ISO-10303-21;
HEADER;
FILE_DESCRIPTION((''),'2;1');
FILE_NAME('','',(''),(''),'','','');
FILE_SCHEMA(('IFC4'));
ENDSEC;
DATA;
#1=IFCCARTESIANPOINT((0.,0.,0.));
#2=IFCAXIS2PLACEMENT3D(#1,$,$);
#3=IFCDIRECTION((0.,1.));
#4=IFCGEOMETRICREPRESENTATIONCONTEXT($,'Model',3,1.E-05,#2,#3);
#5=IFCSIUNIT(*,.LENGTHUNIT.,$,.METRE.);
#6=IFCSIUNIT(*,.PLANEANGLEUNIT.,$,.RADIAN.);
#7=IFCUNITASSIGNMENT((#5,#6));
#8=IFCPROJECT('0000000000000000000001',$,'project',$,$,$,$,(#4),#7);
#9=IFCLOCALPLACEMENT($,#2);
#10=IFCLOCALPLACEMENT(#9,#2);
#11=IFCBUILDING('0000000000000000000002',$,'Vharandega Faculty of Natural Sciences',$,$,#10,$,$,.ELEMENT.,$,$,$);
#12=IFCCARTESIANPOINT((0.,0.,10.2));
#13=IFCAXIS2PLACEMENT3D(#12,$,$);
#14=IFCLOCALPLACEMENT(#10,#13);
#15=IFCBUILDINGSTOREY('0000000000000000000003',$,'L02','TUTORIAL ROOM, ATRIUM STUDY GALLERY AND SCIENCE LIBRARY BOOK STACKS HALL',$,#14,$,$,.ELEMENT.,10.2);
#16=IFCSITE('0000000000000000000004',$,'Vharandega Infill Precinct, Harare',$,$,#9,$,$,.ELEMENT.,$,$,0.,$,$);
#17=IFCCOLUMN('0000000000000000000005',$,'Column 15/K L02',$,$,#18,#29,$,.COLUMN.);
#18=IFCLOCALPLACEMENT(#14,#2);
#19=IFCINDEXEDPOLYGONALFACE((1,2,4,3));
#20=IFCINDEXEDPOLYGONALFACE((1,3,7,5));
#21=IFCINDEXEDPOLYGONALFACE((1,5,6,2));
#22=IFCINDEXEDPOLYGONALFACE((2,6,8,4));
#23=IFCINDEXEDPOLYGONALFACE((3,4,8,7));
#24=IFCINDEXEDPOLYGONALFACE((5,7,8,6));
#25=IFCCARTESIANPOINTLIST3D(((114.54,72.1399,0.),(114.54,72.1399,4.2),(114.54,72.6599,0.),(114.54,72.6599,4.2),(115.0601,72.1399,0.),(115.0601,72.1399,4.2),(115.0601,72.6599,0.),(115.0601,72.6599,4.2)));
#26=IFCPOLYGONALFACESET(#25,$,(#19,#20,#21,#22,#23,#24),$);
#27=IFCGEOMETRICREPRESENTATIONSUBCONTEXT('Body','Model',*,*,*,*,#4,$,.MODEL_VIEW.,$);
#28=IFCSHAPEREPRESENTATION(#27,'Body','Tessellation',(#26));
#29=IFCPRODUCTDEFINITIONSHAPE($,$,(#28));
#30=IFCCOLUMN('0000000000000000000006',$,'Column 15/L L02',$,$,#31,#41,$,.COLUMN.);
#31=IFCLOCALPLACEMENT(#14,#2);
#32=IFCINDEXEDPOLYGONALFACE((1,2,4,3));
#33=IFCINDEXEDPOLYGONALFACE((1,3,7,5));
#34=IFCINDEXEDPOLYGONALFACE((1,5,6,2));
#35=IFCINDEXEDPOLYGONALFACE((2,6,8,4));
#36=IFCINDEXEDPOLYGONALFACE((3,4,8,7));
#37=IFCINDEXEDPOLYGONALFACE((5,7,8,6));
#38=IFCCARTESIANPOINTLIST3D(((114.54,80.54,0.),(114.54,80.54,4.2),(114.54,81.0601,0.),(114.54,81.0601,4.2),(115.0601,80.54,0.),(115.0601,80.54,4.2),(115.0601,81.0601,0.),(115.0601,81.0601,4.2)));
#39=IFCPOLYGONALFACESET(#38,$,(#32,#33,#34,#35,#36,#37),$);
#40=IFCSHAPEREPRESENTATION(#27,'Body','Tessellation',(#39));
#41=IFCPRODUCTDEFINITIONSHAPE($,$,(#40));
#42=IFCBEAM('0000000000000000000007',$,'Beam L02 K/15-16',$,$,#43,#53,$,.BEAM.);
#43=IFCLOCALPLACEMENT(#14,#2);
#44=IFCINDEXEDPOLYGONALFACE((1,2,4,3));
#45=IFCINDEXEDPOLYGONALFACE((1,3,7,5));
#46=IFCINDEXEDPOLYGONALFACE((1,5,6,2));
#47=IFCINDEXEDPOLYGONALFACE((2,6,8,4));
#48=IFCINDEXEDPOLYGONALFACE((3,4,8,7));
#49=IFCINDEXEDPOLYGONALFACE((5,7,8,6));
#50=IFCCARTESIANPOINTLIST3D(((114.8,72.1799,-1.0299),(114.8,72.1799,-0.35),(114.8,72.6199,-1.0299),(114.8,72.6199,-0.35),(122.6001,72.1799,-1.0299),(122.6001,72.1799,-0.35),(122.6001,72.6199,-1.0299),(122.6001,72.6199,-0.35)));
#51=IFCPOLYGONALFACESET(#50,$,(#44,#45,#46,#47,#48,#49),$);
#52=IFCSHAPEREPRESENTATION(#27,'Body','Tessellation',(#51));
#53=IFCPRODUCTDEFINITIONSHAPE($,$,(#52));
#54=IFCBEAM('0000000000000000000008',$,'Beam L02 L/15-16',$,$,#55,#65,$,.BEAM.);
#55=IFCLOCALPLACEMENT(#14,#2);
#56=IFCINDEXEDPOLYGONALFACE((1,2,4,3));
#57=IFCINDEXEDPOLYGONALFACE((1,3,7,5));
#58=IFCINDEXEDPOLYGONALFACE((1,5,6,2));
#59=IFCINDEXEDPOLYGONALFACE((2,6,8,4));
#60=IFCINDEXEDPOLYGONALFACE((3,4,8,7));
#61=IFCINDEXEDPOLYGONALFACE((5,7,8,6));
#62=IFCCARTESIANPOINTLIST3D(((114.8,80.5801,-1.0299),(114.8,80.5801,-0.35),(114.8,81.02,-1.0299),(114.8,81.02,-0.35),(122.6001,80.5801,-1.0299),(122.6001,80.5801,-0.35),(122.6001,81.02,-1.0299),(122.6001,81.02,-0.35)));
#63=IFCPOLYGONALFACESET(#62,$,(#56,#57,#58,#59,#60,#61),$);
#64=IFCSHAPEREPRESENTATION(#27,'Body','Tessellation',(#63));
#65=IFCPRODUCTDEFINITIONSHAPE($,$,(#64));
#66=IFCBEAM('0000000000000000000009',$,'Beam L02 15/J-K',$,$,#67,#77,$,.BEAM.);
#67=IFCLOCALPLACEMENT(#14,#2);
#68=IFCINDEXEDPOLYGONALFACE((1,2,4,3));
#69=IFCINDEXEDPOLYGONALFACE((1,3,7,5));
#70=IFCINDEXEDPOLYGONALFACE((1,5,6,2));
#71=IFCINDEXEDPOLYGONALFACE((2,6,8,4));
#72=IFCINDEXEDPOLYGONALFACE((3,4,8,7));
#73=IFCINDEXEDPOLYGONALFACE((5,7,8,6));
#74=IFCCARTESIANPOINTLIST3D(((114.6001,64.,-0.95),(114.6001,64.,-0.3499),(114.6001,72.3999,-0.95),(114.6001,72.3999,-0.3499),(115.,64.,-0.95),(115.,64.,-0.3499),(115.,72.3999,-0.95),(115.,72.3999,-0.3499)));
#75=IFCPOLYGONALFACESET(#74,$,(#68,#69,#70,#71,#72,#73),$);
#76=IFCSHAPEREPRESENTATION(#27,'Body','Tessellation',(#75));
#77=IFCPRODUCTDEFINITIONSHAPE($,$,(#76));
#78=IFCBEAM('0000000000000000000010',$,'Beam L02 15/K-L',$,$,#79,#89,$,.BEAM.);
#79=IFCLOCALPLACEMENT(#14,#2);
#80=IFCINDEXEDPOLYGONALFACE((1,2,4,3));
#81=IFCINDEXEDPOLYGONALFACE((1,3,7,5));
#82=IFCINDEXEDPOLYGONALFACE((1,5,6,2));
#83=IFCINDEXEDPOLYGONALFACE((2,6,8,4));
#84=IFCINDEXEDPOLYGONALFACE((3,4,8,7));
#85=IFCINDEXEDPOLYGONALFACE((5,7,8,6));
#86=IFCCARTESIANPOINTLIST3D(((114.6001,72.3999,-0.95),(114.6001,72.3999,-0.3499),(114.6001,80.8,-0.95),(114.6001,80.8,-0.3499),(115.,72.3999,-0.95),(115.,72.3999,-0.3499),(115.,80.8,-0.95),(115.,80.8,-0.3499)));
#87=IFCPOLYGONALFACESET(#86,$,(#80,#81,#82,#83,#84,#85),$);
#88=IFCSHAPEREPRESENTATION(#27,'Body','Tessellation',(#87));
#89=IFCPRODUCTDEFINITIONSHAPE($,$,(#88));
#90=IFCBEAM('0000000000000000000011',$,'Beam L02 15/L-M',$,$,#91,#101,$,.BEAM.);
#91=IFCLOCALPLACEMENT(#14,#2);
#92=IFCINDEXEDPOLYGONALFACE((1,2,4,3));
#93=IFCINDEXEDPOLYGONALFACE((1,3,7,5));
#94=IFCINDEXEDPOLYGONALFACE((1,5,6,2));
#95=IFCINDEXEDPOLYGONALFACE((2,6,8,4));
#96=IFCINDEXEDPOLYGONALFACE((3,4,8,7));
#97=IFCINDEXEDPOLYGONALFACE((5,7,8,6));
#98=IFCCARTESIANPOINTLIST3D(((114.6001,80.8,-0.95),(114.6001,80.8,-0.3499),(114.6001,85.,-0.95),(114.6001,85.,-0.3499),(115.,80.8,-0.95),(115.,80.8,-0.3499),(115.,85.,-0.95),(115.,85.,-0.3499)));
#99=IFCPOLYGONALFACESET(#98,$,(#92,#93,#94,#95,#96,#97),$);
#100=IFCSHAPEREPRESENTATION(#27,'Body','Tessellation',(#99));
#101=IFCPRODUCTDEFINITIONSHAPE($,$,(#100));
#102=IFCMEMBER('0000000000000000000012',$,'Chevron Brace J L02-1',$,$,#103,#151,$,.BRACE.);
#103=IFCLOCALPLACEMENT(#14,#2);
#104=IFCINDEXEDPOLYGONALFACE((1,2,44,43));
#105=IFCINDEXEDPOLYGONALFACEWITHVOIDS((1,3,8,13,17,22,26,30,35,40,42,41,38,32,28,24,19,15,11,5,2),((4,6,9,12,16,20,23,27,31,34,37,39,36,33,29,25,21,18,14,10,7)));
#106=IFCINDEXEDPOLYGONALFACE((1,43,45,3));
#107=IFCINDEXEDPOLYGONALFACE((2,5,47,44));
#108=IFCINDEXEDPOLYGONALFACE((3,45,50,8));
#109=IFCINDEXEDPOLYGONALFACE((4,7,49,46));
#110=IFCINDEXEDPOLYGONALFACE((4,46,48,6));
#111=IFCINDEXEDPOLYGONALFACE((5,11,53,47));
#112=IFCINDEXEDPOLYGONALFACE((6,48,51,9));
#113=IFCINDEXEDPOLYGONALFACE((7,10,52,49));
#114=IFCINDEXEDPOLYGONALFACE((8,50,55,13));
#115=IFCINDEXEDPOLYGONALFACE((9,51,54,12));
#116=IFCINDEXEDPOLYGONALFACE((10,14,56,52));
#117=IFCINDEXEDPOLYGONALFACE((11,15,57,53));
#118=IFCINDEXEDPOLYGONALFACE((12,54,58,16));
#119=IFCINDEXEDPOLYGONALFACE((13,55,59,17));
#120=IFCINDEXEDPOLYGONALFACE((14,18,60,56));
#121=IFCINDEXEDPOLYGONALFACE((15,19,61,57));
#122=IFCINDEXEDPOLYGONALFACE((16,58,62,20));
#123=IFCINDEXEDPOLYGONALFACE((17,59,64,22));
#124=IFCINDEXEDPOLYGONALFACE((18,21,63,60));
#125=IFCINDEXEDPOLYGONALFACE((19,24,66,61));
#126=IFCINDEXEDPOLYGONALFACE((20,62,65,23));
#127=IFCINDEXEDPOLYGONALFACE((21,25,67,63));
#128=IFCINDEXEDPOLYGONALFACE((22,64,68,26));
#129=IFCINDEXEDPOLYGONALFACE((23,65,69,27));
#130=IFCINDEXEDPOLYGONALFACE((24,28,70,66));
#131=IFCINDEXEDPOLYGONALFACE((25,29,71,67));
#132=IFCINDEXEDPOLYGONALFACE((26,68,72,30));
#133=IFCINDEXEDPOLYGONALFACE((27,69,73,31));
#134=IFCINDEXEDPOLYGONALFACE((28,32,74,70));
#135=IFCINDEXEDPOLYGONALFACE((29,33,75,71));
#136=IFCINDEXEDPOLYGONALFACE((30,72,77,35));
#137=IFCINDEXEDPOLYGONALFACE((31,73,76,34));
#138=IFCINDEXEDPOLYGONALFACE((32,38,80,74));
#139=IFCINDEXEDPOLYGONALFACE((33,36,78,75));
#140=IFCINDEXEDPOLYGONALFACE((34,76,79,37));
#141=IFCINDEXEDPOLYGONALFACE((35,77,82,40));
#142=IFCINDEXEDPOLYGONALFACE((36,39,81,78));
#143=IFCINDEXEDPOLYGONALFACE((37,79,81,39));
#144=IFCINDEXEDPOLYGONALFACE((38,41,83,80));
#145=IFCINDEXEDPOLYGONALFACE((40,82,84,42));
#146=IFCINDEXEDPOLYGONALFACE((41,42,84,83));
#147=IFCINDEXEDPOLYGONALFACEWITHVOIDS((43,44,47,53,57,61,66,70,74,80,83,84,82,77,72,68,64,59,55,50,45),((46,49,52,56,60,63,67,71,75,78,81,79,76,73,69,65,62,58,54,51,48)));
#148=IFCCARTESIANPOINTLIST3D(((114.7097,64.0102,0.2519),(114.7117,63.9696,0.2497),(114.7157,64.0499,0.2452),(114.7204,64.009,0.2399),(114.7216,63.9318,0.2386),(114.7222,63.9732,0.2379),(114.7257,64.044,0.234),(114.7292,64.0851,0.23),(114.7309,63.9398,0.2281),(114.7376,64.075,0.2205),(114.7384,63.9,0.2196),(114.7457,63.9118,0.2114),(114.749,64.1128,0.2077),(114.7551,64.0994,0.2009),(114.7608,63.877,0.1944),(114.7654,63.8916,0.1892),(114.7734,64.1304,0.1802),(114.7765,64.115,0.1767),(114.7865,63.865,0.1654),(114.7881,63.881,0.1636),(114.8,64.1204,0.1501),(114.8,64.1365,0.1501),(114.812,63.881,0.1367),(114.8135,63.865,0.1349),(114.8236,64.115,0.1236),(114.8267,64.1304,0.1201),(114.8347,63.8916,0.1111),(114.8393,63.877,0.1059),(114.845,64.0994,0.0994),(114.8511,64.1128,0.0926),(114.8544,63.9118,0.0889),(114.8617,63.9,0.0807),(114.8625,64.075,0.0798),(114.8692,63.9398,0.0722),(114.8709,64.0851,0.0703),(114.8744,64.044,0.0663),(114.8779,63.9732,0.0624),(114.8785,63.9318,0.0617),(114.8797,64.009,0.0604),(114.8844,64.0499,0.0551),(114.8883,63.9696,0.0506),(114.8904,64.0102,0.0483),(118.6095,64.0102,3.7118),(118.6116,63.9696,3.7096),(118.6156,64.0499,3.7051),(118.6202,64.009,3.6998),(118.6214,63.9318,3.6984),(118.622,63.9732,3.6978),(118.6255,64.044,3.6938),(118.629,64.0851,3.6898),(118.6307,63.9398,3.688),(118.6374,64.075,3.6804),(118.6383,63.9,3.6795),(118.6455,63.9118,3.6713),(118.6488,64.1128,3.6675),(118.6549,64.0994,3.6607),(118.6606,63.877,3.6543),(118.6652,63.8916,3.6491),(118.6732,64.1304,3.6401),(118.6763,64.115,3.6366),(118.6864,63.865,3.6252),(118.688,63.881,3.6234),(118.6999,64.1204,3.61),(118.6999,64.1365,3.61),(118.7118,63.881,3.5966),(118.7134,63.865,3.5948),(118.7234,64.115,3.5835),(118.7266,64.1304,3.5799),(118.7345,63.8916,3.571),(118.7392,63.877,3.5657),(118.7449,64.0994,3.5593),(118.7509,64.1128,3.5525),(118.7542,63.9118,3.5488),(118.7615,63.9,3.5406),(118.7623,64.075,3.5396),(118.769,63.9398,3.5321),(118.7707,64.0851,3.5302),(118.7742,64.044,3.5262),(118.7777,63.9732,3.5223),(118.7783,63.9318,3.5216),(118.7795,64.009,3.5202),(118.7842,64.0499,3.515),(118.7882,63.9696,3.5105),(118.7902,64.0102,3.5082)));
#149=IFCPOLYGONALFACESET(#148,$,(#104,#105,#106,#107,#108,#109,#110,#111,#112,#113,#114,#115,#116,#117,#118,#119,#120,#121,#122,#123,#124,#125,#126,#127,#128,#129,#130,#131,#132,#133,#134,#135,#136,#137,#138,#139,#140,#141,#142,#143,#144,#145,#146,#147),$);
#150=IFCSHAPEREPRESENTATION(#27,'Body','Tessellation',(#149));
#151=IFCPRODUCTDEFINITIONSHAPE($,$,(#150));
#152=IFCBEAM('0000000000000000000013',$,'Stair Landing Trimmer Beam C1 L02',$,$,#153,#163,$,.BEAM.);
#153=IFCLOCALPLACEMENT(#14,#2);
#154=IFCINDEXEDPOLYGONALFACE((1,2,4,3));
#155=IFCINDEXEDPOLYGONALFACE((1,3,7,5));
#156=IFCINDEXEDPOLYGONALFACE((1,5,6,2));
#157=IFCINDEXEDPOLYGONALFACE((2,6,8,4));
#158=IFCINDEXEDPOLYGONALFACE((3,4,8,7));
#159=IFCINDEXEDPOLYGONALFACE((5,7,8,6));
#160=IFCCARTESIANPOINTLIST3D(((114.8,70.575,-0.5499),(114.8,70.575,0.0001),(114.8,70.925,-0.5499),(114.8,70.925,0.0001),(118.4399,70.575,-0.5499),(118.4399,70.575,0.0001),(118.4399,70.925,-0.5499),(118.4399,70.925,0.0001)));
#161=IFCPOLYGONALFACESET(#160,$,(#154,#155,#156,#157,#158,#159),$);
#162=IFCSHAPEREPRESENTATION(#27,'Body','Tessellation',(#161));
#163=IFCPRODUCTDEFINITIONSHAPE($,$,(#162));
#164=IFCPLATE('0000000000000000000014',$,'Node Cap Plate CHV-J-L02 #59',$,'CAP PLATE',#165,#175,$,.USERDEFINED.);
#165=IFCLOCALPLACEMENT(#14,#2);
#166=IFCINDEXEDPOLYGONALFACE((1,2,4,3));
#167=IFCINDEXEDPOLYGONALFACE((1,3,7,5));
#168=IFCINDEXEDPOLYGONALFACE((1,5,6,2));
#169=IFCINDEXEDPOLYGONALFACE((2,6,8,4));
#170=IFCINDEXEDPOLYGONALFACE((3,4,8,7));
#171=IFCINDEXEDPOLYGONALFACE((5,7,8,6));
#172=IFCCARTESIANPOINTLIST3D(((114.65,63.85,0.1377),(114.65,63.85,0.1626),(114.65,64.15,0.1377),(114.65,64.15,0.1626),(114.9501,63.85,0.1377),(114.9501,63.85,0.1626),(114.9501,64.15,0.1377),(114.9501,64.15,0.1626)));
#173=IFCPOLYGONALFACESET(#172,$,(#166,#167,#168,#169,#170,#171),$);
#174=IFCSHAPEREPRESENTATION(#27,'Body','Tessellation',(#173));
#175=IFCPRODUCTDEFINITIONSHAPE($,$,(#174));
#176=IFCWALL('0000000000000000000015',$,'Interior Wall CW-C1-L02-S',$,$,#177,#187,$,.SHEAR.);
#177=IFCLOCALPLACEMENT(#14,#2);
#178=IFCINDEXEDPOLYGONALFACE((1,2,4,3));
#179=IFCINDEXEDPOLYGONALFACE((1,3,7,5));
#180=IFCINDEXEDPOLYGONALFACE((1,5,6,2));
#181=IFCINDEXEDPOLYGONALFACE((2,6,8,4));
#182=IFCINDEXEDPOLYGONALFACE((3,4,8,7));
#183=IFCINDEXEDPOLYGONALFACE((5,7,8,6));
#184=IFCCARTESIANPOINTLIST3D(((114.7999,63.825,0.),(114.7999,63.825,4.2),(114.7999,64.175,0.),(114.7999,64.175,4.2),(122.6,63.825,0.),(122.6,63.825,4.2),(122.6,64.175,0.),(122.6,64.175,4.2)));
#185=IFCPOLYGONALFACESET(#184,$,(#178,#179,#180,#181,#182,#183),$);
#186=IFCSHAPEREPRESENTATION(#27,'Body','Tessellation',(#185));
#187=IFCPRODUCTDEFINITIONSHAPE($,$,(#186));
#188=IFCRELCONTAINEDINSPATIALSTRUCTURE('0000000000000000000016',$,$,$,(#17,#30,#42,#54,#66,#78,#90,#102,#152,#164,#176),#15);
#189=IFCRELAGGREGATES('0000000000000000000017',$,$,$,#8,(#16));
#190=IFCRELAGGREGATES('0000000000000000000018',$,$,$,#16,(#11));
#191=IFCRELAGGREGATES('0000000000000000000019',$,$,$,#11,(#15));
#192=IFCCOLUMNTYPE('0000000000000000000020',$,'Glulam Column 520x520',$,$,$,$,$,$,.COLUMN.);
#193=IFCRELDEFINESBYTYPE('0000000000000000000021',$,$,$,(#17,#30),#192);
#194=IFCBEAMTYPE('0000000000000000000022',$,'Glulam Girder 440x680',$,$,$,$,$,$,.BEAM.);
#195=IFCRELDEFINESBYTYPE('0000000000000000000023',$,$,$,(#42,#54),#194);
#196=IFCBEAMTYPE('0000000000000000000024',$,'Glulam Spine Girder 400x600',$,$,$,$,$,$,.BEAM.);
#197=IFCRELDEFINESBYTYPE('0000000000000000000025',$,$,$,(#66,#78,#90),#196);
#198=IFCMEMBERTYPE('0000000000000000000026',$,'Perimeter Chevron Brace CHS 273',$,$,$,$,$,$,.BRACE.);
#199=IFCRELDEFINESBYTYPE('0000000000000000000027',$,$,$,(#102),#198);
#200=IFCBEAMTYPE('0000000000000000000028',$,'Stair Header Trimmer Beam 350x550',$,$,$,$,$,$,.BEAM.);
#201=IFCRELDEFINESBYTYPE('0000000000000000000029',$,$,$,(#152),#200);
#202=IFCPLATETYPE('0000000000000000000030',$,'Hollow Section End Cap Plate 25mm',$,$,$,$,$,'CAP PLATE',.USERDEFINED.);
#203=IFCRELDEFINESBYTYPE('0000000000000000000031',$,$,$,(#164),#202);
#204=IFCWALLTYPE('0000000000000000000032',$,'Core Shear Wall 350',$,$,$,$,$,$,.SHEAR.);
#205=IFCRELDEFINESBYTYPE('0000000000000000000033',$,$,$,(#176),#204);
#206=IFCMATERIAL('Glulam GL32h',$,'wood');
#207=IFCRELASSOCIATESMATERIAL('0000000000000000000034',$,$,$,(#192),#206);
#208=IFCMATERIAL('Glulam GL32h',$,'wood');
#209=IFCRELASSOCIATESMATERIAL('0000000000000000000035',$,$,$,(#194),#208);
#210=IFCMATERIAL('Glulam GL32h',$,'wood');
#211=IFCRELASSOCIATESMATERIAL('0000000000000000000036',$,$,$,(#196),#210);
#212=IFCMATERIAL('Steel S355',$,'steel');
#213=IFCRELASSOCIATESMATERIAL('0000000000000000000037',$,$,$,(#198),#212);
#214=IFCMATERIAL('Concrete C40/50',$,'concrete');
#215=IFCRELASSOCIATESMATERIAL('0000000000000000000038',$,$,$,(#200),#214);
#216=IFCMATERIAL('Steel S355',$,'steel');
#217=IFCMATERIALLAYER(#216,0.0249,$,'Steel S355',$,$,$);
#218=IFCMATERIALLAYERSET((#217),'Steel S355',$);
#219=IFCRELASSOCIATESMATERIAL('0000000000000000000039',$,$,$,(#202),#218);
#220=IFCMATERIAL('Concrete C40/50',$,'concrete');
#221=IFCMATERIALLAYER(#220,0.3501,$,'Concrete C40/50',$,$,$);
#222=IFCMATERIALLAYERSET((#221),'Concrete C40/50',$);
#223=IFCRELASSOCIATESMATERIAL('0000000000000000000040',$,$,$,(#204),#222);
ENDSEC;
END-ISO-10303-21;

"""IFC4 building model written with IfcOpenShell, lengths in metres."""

from ifc_helpers import new_model, si_unit, direction, frame, frame_2d, origin, origin_2d, place, context, subcontext, project, spatial, rectangle, hollow_circle, extrude, material, layer, layer_set, material_profile, profile_set, type_object, element, save


model = new_model("IFC4")

# Units and contexts
model_context = context("Model", 3, precision=1e-05, world=origin(), true_north=direction((0.0, 1.0)))
body_context = subcontext(model_context, "Body", "Model", "MODEL_VIEW")
ifc_project = project(units=[si_unit("LENGTHUNIT", "METRE"), si_unit("PLANEANGLEUNIT", "RADIAN")], contexts=[model_context])

# Site, building, storey
site_placement = place(None, origin())
site = spatial("IfcSite", under=ifc_project, at=site_placement, Name="Vharandega Infill Precinct, Harare", CompositionType="ELEMENT", RefElevation=0.0)
building_placement = place(site_placement, origin())
building = spatial("IfcBuilding", under=site, at=building_placement, Name="Vharandega Faculty of Natural Sciences", CompositionType="ELEMENT")
storey_placement = place(building_placement, frame((0.0, 0.0, 10.2)))
storey = spatial("IfcBuildingStorey", under=building, at=storey_placement, Name="L02", Description="TUTORIAL ROOM, ATRIUM STUDY GALLERY AND SCIENCE LIBRARY BOOK STACKS HALL", CompositionType="ELEMENT", Elevation=10.2)

# Columns
ifc_material_1 = material(Name="Glulam GL32h", Category="wood")
ifc_material_profile_1 = material_profile(ifc_material_1, rectangle(XDim=0.52, YDim=0.52, at=origin_2d()), Name="GL32h 520x520")
ifc_profile_set_1 = profile_set([ifc_material_profile_1], Name="Glulam GL32h")
column_type = type_object("IfcColumnType", Name="Glulam Column 520x520", PredefinedType="COLUMN", material=ifc_profile_set_1)
for number, where, z_axis, x_axis, name in (
    (1, (114.8, 72.3999, 0.0), (0.0, 0.0, 1.0), (1.0, 0.0, 0.0), "Column 15/K L02"),
    (2, (114.8, 80.8, 0.0), (0.0, 0.0, 1.0), (1.0, 0.0, 0.0), "Column 15/L L02"),
):
    element("IfcColumn", number, at=place(storey_placement, frame(where, z_axis=z_axis, x_axis=x_axis)), inside=storey, type_object=column_type, Name=name, PredefinedType="COLUMN", context=body_context, shape_type="SweptSolid", body=[
        extrude(rectangle(XDim=0.52, YDim=0.52, at=origin_2d()), origin(), (0.0, 0.0, 1.0), 4.2),
    ])

# Beams
ifc_material_2 = material(Name="Glulam GL32h", Category="wood")
ifc_material_profile_2 = material_profile(ifc_material_2, rectangle(XDim=0.4399, YDim=0.6799, at=origin_2d()), Name="GL32h 440x680")
ifc_profile_set_2 = profile_set([ifc_material_profile_2], Name="Glulam GL32h")
beam_type_1 = type_object("IfcBeamType", Name="Glulam Girder 440x680", PredefinedType="BEAM", material=ifc_profile_set_2)
for number, where, z_axis, x_axis, name in (
    (3, (114.8, 72.3999, -0.6899), (1.0, 0.0, 0.0), (0.0, 1.0, 0.0), "Beam L02 K/15-16"),
    (4, (114.8, 80.8, -0.6899), (1.0, 0.0, 0.0), (0.0, 1.0, 0.0), "Beam L02 L/15-16"),
):
    element("IfcBeam", number, at=place(storey_placement, frame(where, z_axis=z_axis, x_axis=x_axis)), inside=storey, type_object=beam_type_1, Name=name, PredefinedType="BEAM", context=body_context, shape_type="SweptSolid", body=[
        extrude(rectangle(XDim=0.4399, YDim=0.6799, at=origin_2d()), origin(), (0.0, 0.0, 1.0), 7.8),
    ])
ifc_material_3 = material(Name="Glulam GL32h", Category="wood")
ifc_material_profile_3 = material_profile(ifc_material_3, rectangle(XDim=0.3999, YDim=0.6001, at=origin_2d()), Name="GL32h 400x600")
ifc_profile_set_3 = profile_set([ifc_material_profile_3], Name="Glulam GL32h")
beam_type_2 = type_object("IfcBeamType", Name="Glulam Spine Girder 400x600", PredefinedType="BEAM", material=ifc_profile_set_3)
beam_1_placement = place(storey_placement, frame((114.8, 64.0, -0.6499), z_axis=(0.0, 1.0, 0.0), x_axis=(-1.0, 0.0, 0.0)))
element("IfcBeam", 5, at=beam_1_placement, inside=storey, type_object=beam_type_2, Name="Beam L02 15/J-K", PredefinedType="BEAM", context=body_context, shape_type="SweptSolid", body=[
    extrude(rectangle(XDim=0.3999, YDim=0.6001, at=origin_2d()), origin(), (0.0, 0.0, 1.0), 8.3999),
])
beam_2_placement = place(storey_placement, frame((114.8, 72.3999, -0.6499), z_axis=(0.0, 1.0, 0.0), x_axis=(-1.0, 0.0, 0.0)))
element("IfcBeam", 6, at=beam_2_placement, inside=storey, type_object=beam_type_2, Name="Beam L02 15/K-L", PredefinedType="BEAM", context=body_context, shape_type="SweptSolid", body=[
    extrude(rectangle(XDim=0.3999, YDim=0.6001, at=origin_2d()), origin(), (0.0, 0.0, 1.0), 8.4001),
])
beam_3_placement = place(storey_placement, frame((114.8, 80.8, -0.6499), z_axis=(0.0, 1.0, 0.0), x_axis=(-1.0, 0.0, 0.0)))
element("IfcBeam", 7, at=beam_3_placement, inside=storey, type_object=beam_type_2, Name="Beam L02 15/L-M", PredefinedType="BEAM", context=body_context, shape_type="SweptSolid", body=[
    extrude(rectangle(XDim=0.3999, YDim=0.6001, at=origin_2d()), origin(), (0.0, 0.0, 1.0), 4.2),
])

# Member
ifc_material_4 = material(Name="Steel S355", Category="steel")
ifc_material_profile_4 = material_profile(ifc_material_4, hollow_circle(Radius=0.1365, WallThickness=0.0161, at=origin_2d()), Name="CHS 273x16")
ifc_profile_set_4 = profile_set([ifc_material_profile_4], Name="Steel S355")
member_type = type_object("IfcMemberType", Name="Perimeter Chevron Brace CHS 273", PredefinedType="BRACE", material=ifc_profile_set_4)
member_placement = place(storey_placement, frame((114.8, 64.0, 0.1501), z_axis=(0.748039, 0.0, 0.663654), x_axis=(0.0, 1.0, 0.0)))
element("IfcMember", 8, at=member_placement, inside=storey, type_object=member_type, Name="Chevron Brace J L02-1", PredefinedType="BRACE", context=body_context, shape_type="SweptSolid", body=[
    extrude(hollow_circle(Radius=0.1365, WallThickness=0.0161, at=origin_2d()), origin(), (0.0, 0.0, 1.0), 5.2134),
])

# Beam
ifc_material_5 = material(Name="Concrete C40/50", Category="concrete")
ifc_material_profile_5 = material_profile(ifc_material_5, rectangle(XDim=0.3501, YDim=0.55, at=origin_2d()), Name="RC 350x550")
ifc_profile_set_5 = profile_set([ifc_material_profile_5], Name="Concrete C40/50")
beam_type_3 = type_object("IfcBeamType", Name="Stair Header Trimmer Beam 350x550", PredefinedType="BEAM", material=ifc_profile_set_5)
beam_4_placement = place(storey_placement, frame((114.8, 70.75, -0.2749), z_axis=(1.0, 0.0, 0.0), x_axis=(0.0, 1.0, 0.0)))
element("IfcBeam", 9, at=beam_4_placement, inside=storey, type_object=beam_type_3, Name="Stair Landing Trimmer Beam C1 L02", PredefinedType="BEAM", context=body_context, shape_type="SweptSolid", body=[
    extrude(rectangle(XDim=0.3501, YDim=0.55, at=origin_2d()), origin(), (0.0, 0.0, 1.0), 3.6399),
])

# Plate
ifc_material_6 = material(Name="Steel S355", Category="steel")
ifc_layer_1 = layer(ifc_material_6, 0.0249, Name="Steel S355")
ifc_layer_set_1 = layer_set([ifc_layer_1], Name="Steel S355")
plate_type = type_object("IfcPlateType", Name="Hollow Section End Cap Plate 25mm", ElementType="CAP PLATE", PredefinedType="USERDEFINED", material=ifc_layer_set_1)
plate_placement = place(storey_placement, frame((114.8, 64.0, 0.1377), z_axis=(0.0, 0.0, 1.0), x_axis=(1.0, 0.0, 0.0)))
element("IfcPlate", 10, at=plate_placement, inside=storey, type_object=plate_type, Name="Node Cap Plate CHV-J-L02 #59", ObjectType="CAP PLATE", PredefinedType="USERDEFINED", context=body_context, shape_type="SweptSolid", body=[
    extrude(rectangle(XDim=0.3, YDim=0.3, at=origin_2d()), origin(), (0.0, 0.0, 1.0), 0.0249),
])

# Wall
ifc_material_7 = material(Name="Concrete C40/50", Category="concrete")
ifc_layer_2 = layer(ifc_material_7, 0.3501, Name="Concrete C40/50")
ifc_layer_set_2 = layer_set([ifc_layer_2], Name="Concrete C40/50")
wall_type_1 = type_object("IfcWallType", Name="Core Shear Wall 350", PredefinedType="SHEAR", material=ifc_layer_set_2)
wall_1_placement = place(storey_placement, frame((114.8, 64.0, 0.0), z_axis=(0.0, 0.0, 1.0), x_axis=(1.0, 0.0, 0.0)))
element("IfcWall", 11, at=wall_1_placement, inside=storey, type_object=wall_type_1, Name="Interior Wall CW-C1-L02-S", PredefinedType="SHEAR", context=body_context, shape_type="SweptSolid", body=[
    extrude(rectangle(XDim=7.8, YDim=0.3501, at=frame_2d((3.8999, 0.0))), origin(), (0.0, 0.0, 1.0), 4.2),
])

save(model, "model.ifc")
